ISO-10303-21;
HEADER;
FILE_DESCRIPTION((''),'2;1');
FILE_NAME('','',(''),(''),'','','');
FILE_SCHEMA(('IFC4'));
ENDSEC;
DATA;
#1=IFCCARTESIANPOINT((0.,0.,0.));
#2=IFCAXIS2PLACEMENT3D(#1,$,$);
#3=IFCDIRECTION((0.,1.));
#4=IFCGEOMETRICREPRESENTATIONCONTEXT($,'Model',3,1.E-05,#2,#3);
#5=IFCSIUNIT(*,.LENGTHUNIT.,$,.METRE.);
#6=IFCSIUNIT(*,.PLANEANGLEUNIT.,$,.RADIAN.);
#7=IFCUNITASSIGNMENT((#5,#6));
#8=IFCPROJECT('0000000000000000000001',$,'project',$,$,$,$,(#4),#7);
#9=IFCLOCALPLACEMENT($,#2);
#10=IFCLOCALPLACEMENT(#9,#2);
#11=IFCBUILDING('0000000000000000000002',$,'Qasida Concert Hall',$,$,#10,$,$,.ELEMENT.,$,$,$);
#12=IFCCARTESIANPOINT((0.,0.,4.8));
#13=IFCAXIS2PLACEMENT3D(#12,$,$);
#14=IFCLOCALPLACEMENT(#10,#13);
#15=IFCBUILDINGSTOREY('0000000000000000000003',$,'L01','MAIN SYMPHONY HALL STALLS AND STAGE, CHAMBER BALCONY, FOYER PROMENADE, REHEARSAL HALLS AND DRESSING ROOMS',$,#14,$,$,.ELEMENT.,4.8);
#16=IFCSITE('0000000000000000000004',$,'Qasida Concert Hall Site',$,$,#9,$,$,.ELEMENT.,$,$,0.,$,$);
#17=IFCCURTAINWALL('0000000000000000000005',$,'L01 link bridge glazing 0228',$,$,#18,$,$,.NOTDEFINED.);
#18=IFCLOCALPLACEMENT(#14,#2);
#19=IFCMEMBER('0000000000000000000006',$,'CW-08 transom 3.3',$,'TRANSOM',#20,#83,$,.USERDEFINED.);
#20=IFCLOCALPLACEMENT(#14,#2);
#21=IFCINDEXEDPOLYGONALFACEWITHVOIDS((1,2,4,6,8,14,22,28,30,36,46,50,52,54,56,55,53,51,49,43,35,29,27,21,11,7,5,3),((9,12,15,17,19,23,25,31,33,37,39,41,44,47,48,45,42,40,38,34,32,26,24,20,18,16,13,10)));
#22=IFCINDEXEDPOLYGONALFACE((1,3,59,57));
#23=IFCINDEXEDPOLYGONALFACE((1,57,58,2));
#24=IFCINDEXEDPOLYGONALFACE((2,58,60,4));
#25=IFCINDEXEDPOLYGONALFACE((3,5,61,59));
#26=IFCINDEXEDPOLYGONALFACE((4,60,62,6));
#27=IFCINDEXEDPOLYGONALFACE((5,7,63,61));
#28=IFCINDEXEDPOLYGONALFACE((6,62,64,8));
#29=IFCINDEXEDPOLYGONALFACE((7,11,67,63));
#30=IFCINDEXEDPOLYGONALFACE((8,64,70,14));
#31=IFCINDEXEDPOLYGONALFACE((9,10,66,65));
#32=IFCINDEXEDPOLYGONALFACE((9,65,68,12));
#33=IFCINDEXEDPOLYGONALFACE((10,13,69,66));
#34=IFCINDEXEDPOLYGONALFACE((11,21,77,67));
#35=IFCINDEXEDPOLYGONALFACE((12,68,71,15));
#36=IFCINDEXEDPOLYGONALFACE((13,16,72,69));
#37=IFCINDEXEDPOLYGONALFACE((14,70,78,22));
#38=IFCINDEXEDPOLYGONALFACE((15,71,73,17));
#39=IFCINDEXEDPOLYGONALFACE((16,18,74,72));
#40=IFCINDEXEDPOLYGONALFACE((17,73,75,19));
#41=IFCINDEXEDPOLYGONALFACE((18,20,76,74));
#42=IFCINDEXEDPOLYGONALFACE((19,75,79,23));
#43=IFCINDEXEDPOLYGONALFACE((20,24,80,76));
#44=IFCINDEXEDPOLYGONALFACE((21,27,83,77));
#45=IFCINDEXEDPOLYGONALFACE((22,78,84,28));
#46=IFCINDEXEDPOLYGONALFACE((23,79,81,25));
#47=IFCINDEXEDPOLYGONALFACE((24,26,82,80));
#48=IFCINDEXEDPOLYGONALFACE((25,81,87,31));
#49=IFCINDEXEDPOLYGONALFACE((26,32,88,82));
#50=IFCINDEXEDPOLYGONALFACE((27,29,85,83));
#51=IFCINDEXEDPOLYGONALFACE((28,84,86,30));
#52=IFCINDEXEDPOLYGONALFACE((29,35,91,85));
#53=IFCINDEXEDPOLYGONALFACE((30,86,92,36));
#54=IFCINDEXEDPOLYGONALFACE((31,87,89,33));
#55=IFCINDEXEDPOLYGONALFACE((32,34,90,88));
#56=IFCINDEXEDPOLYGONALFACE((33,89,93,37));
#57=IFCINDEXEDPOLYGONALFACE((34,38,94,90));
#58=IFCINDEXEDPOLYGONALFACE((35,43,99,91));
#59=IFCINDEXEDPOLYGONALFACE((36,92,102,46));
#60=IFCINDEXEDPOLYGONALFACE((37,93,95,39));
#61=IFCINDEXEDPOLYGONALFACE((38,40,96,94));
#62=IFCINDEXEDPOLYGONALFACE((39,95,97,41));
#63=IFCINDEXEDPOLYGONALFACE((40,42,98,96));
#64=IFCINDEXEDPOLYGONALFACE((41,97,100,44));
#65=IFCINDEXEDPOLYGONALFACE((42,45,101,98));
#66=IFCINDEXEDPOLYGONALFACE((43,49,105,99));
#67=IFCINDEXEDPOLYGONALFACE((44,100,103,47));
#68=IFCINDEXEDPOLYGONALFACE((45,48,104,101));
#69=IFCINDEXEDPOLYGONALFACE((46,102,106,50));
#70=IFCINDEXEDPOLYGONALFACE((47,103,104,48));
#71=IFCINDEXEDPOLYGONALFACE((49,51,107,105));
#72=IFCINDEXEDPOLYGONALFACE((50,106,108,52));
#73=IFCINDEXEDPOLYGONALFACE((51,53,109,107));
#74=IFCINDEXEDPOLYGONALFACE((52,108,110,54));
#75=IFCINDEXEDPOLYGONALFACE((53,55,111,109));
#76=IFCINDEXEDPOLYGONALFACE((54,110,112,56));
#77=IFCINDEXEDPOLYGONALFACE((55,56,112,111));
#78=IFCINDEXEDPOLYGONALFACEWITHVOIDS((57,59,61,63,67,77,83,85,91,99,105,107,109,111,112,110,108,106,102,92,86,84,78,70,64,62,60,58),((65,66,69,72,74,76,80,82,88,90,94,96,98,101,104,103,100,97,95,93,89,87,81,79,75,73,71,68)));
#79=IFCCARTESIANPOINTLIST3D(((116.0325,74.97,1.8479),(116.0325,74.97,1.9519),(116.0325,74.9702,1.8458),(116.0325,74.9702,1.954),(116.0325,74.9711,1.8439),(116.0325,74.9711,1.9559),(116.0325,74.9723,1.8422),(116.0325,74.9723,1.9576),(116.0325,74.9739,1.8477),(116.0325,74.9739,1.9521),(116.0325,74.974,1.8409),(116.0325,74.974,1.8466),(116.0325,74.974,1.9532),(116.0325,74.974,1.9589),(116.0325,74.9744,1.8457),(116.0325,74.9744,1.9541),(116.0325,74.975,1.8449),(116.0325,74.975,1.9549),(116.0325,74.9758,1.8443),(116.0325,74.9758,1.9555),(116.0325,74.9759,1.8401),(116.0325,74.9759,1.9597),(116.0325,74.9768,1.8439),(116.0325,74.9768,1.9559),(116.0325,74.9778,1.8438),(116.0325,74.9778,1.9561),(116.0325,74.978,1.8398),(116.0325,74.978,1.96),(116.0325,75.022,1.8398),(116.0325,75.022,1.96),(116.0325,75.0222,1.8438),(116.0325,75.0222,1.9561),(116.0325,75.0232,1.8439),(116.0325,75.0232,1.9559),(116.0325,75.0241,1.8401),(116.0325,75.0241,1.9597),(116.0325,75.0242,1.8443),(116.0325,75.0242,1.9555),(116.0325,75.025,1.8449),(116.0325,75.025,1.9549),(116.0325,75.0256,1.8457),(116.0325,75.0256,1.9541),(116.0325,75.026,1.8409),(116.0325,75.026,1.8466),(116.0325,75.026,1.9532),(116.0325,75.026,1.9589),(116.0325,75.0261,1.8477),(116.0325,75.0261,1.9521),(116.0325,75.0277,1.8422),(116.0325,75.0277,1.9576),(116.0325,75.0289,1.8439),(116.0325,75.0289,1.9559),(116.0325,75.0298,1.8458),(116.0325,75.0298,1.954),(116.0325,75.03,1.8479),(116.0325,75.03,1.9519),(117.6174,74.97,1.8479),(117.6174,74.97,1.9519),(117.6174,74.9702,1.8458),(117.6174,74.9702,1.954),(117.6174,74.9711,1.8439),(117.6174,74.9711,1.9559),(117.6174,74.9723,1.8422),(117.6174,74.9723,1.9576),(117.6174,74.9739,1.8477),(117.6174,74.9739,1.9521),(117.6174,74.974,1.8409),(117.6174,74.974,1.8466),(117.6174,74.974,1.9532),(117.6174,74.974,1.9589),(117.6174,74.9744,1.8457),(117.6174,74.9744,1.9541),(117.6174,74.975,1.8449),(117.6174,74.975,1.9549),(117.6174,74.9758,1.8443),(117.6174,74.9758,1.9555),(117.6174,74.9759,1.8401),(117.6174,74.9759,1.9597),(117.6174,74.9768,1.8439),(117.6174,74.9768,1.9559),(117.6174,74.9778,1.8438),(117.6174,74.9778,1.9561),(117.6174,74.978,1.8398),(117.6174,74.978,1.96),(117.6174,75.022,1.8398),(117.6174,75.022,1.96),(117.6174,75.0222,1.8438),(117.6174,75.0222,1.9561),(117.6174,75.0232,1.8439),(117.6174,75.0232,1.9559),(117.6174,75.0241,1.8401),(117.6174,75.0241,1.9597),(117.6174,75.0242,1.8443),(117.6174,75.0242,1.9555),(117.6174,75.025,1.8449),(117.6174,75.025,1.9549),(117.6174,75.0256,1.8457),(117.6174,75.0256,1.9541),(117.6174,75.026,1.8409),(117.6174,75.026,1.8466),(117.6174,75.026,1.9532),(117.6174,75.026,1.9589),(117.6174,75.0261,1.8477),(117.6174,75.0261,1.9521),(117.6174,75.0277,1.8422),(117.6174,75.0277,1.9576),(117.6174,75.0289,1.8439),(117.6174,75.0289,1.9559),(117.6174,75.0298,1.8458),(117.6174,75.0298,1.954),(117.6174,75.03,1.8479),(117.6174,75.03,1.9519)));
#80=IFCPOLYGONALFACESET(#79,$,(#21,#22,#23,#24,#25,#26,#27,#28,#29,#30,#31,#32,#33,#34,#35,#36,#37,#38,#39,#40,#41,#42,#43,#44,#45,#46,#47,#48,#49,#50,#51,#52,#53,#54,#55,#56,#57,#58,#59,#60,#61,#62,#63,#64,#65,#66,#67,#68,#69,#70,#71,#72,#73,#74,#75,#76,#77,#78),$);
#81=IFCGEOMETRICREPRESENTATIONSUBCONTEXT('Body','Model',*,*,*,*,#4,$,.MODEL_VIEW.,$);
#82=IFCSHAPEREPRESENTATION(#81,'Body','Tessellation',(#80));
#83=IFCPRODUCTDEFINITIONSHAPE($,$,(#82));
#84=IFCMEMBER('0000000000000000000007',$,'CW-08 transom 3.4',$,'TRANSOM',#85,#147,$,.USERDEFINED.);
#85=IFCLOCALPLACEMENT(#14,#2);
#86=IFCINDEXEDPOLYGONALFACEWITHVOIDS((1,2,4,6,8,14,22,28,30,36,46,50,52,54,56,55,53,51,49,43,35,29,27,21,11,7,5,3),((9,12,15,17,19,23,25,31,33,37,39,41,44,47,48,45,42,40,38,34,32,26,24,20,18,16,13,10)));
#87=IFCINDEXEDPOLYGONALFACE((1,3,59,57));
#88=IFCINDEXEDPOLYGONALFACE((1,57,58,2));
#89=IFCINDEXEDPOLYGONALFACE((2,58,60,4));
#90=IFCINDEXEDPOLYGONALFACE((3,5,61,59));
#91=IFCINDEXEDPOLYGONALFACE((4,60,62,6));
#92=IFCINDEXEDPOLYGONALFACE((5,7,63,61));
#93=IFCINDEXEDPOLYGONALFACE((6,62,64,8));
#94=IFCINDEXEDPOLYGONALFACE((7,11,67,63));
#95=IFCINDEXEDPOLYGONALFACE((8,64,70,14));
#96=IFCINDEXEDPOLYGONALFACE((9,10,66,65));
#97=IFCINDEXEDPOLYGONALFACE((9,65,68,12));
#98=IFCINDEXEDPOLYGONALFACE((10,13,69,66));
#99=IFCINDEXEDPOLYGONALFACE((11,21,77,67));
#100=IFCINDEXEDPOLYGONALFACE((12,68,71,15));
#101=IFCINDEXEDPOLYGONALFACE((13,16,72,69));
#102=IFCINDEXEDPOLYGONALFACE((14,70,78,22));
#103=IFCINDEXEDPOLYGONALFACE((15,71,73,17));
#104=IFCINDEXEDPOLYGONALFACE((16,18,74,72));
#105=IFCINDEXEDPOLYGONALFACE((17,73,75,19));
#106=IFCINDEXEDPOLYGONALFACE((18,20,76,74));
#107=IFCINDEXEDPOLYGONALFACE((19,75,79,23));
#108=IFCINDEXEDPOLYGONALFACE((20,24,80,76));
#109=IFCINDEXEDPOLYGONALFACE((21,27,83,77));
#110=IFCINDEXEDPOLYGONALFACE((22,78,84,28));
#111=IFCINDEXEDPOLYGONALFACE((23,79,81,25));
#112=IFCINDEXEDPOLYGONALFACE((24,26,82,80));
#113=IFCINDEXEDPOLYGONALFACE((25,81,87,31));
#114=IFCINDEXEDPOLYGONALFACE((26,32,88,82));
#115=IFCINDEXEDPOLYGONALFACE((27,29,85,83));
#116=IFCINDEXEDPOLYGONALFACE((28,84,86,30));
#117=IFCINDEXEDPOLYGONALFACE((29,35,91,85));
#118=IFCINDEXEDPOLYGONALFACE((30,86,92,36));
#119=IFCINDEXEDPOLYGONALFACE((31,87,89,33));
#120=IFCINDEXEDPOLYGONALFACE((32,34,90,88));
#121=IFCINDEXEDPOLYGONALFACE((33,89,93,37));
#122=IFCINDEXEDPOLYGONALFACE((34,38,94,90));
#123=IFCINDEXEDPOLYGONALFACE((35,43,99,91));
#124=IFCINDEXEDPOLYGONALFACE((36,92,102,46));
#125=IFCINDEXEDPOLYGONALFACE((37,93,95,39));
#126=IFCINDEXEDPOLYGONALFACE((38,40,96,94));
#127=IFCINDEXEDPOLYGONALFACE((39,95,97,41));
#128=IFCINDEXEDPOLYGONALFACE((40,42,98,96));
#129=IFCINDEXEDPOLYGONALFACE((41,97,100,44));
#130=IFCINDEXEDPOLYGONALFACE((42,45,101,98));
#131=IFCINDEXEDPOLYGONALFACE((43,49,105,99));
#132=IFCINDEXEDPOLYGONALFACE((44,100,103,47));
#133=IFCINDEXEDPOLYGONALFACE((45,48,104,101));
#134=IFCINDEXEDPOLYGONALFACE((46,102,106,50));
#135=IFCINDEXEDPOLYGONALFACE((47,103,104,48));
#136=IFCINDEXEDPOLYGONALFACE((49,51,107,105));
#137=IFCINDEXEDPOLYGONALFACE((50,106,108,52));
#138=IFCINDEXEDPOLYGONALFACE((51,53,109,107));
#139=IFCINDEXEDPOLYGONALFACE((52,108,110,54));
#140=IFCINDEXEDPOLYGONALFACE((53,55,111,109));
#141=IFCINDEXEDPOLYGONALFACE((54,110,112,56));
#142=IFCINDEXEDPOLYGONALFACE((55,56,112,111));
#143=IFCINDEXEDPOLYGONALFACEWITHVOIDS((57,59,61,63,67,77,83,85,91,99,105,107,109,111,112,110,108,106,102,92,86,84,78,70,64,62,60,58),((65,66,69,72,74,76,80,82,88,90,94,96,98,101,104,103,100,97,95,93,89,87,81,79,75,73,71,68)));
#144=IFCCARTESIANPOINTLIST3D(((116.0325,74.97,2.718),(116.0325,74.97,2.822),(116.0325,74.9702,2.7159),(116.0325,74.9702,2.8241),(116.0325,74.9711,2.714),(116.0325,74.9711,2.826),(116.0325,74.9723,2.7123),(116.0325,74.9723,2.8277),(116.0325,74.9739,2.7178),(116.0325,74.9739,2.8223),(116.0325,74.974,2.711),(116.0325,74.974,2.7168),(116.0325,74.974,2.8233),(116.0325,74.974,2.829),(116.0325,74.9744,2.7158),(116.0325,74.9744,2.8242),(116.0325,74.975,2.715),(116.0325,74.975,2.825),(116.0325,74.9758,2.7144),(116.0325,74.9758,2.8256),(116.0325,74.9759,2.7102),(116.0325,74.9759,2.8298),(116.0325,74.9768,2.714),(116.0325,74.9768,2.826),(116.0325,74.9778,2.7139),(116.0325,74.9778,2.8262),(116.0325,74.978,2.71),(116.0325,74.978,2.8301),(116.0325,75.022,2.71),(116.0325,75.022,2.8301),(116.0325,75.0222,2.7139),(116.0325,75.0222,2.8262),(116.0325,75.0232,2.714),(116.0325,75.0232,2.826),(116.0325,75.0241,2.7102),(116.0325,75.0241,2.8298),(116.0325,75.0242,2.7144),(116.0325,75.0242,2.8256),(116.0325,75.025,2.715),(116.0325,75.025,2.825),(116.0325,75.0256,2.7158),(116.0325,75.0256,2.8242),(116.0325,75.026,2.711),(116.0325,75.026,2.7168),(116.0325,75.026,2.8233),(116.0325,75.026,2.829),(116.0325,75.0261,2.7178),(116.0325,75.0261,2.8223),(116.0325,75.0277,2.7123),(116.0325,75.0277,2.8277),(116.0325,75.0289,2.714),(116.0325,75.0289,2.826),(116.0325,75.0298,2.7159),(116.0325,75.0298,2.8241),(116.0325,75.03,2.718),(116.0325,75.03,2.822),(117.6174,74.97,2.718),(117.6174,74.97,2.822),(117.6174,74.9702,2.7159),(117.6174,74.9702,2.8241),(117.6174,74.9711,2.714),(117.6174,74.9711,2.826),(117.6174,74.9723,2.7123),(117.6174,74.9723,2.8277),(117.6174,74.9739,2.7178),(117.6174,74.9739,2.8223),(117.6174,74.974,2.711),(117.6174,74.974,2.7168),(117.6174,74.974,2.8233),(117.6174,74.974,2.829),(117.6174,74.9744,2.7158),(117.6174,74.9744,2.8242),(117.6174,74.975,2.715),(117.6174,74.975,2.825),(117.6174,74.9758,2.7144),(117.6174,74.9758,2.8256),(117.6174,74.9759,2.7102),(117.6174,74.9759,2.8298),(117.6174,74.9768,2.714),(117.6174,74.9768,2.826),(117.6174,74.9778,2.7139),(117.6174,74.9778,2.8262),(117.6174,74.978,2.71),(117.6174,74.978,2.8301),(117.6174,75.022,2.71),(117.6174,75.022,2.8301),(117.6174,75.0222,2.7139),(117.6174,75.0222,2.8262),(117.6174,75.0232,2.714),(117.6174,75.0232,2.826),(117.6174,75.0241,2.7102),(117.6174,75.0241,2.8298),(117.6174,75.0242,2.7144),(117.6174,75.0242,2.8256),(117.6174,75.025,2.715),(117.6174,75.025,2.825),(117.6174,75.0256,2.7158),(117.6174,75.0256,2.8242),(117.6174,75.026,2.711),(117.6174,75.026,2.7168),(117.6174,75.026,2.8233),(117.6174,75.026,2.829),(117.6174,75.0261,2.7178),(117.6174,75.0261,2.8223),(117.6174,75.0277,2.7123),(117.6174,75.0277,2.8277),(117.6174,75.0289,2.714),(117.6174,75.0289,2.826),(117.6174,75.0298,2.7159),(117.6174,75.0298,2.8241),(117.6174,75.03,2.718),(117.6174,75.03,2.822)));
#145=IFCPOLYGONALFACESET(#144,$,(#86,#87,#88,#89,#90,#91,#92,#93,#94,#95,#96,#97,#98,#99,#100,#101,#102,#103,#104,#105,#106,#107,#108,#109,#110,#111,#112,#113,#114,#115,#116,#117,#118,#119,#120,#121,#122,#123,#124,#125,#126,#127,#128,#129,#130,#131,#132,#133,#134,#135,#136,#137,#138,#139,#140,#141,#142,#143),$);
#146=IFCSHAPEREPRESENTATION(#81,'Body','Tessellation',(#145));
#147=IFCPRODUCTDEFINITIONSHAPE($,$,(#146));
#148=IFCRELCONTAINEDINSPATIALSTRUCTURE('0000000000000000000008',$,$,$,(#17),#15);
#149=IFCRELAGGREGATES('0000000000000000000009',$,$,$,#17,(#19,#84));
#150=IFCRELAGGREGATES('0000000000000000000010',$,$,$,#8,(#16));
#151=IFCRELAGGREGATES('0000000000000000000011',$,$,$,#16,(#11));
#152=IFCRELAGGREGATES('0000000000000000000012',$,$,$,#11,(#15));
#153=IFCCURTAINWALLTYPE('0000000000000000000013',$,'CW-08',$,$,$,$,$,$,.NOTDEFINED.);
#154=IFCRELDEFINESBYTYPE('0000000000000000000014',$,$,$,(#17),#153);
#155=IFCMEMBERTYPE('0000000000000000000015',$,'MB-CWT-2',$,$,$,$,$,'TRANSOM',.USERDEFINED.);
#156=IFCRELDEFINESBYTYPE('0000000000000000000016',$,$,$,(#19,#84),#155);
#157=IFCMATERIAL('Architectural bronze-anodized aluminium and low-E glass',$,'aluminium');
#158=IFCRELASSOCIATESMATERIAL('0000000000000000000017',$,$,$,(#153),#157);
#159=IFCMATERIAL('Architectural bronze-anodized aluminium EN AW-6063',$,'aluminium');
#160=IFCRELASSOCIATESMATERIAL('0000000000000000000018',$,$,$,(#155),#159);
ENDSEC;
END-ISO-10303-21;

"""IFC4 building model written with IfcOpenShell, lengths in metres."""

from ifc_helpers import new_model, si_unit, direction, frame, origin, origin_2d, place, context, subcontext, project, spatial, hollow_rectangle, extrude, material, material_profile, profile_set, type_object, element, aggregate, save


model = new_model("IFC4")

# Units and contexts
model_context = context("Model", 3, precision=1e-05, world=origin(), true_north=direction((0.0, 1.0)))
body_context = subcontext(model_context, "Body", "Model", "MODEL_VIEW")
ifc_project = project(units=[si_unit("LENGTHUNIT", "METRE"), si_unit("PLANEANGLEUNIT", "RADIAN")], contexts=[model_context])

# Site, building, storey
site_placement = place(None, origin())
site = spatial("IfcSite", under=ifc_project, at=site_placement, Name="Qasida Concert Hall Site", CompositionType="ELEMENT", RefElevation=0.0)
building_placement = place(site_placement, origin())
building = spatial("IfcBuilding", under=site, at=building_placement, Name="Qasida Concert Hall", CompositionType="ELEMENT")
storey_placement = place(building_placement, frame((0.0, 0.0, 4.8)))
storey = spatial("IfcBuildingStorey", under=building, at=storey_placement, Name="L01", Description="MAIN SYMPHONY HALL STALLS AND STAGE, CHAMBER BALCONY, FOYER PROMENADE, REHEARSAL HALLS AND DRESSING ROOMS", CompositionType="ELEMENT", Elevation=4.8)

# Curtain wall, members
ifc_material_1 = material(Name="Architectural bronze-anodized aluminium and low-E glass", Category="aluminium")
curtain_wall_type = type_object("IfcCurtainWallType", Name="CW-08", PredefinedType="NOTDEFINED", material=ifc_material_1)
curtain_wall_placement = place(storey_placement, origin())
curtain_wall = element("IfcCurtainWall", 1, at=curtain_wall_placement, inside=storey, type_object=curtain_wall_type, Name="L01 link bridge glazing 0228", PredefinedType="NOTDEFINED")
ifc_material_2 = material(Name="Architectural bronze-anodized aluminium EN AW-6063", Category="aluminium")
ifc_material_profile_1 = material_profile(ifc_material_2, hollow_rectangle(XDim=0.0601, YDim=0.1201, WallThickness=0.0039, InnerFilletRadius=0.0039, OuterFilletRadius=0.0081, at=origin_2d()), Name="CWT 120x60x4")
ifc_profile_set_1 = profile_set([ifc_material_profile_1], Name="Architectural bronze-anodized aluminium EN AW-6063")
member_type_1 = type_object("IfcMemberType", Name="MB-CWT-2", ElementType="TRANSOM", PredefinedType="USERDEFINED", material=ifc_profile_set_1)
member_1_placement = place(storey_placement, frame((116.0325, 75.0, 1.8999), z_axis=(1.0, 0.0, 0.0), x_axis=(0.0, 1.0, 0.0)))
member_1 = element("IfcMember", 2, at=member_1_placement, type_object=member_type_1, Name="CW-08 transom 3.3", ObjectType="TRANSOM", PredefinedType="USERDEFINED", context=body_context, shape_type="SweptSolid", body=[
    extrude(hollow_rectangle(XDim=0.0601, YDim=0.1201, WallThickness=0.0039, InnerFilletRadius=0.0039, OuterFilletRadius=0.0081, at=origin_2d()), origin(), (0.0, 0.0, 1.0), 1.585),
])
member_2_placement = place(storey_placement, frame((116.0325, 75.0, 2.77), z_axis=(1.0, 0.0, 0.0), x_axis=(0.0, 1.0, 0.0)))
member_2 = element("IfcMember", 3, at=member_2_placement, type_object=member_type_1, Name="CW-08 transom 3.4", ObjectType="TRANSOM", PredefinedType="USERDEFINED", context=body_context, shape_type="SweptSolid", body=[
    extrude(hollow_rectangle(XDim=0.0601, YDim=0.1201, WallThickness=0.0039, InnerFilletRadius=0.0039, OuterFilletRadius=0.0081, at=origin_2d()), origin(), (0.0, 0.0, 1.0), 1.585),
])
aggregate(curtain_wall, [member_1, member_2])

save(model, "model.ifc")
